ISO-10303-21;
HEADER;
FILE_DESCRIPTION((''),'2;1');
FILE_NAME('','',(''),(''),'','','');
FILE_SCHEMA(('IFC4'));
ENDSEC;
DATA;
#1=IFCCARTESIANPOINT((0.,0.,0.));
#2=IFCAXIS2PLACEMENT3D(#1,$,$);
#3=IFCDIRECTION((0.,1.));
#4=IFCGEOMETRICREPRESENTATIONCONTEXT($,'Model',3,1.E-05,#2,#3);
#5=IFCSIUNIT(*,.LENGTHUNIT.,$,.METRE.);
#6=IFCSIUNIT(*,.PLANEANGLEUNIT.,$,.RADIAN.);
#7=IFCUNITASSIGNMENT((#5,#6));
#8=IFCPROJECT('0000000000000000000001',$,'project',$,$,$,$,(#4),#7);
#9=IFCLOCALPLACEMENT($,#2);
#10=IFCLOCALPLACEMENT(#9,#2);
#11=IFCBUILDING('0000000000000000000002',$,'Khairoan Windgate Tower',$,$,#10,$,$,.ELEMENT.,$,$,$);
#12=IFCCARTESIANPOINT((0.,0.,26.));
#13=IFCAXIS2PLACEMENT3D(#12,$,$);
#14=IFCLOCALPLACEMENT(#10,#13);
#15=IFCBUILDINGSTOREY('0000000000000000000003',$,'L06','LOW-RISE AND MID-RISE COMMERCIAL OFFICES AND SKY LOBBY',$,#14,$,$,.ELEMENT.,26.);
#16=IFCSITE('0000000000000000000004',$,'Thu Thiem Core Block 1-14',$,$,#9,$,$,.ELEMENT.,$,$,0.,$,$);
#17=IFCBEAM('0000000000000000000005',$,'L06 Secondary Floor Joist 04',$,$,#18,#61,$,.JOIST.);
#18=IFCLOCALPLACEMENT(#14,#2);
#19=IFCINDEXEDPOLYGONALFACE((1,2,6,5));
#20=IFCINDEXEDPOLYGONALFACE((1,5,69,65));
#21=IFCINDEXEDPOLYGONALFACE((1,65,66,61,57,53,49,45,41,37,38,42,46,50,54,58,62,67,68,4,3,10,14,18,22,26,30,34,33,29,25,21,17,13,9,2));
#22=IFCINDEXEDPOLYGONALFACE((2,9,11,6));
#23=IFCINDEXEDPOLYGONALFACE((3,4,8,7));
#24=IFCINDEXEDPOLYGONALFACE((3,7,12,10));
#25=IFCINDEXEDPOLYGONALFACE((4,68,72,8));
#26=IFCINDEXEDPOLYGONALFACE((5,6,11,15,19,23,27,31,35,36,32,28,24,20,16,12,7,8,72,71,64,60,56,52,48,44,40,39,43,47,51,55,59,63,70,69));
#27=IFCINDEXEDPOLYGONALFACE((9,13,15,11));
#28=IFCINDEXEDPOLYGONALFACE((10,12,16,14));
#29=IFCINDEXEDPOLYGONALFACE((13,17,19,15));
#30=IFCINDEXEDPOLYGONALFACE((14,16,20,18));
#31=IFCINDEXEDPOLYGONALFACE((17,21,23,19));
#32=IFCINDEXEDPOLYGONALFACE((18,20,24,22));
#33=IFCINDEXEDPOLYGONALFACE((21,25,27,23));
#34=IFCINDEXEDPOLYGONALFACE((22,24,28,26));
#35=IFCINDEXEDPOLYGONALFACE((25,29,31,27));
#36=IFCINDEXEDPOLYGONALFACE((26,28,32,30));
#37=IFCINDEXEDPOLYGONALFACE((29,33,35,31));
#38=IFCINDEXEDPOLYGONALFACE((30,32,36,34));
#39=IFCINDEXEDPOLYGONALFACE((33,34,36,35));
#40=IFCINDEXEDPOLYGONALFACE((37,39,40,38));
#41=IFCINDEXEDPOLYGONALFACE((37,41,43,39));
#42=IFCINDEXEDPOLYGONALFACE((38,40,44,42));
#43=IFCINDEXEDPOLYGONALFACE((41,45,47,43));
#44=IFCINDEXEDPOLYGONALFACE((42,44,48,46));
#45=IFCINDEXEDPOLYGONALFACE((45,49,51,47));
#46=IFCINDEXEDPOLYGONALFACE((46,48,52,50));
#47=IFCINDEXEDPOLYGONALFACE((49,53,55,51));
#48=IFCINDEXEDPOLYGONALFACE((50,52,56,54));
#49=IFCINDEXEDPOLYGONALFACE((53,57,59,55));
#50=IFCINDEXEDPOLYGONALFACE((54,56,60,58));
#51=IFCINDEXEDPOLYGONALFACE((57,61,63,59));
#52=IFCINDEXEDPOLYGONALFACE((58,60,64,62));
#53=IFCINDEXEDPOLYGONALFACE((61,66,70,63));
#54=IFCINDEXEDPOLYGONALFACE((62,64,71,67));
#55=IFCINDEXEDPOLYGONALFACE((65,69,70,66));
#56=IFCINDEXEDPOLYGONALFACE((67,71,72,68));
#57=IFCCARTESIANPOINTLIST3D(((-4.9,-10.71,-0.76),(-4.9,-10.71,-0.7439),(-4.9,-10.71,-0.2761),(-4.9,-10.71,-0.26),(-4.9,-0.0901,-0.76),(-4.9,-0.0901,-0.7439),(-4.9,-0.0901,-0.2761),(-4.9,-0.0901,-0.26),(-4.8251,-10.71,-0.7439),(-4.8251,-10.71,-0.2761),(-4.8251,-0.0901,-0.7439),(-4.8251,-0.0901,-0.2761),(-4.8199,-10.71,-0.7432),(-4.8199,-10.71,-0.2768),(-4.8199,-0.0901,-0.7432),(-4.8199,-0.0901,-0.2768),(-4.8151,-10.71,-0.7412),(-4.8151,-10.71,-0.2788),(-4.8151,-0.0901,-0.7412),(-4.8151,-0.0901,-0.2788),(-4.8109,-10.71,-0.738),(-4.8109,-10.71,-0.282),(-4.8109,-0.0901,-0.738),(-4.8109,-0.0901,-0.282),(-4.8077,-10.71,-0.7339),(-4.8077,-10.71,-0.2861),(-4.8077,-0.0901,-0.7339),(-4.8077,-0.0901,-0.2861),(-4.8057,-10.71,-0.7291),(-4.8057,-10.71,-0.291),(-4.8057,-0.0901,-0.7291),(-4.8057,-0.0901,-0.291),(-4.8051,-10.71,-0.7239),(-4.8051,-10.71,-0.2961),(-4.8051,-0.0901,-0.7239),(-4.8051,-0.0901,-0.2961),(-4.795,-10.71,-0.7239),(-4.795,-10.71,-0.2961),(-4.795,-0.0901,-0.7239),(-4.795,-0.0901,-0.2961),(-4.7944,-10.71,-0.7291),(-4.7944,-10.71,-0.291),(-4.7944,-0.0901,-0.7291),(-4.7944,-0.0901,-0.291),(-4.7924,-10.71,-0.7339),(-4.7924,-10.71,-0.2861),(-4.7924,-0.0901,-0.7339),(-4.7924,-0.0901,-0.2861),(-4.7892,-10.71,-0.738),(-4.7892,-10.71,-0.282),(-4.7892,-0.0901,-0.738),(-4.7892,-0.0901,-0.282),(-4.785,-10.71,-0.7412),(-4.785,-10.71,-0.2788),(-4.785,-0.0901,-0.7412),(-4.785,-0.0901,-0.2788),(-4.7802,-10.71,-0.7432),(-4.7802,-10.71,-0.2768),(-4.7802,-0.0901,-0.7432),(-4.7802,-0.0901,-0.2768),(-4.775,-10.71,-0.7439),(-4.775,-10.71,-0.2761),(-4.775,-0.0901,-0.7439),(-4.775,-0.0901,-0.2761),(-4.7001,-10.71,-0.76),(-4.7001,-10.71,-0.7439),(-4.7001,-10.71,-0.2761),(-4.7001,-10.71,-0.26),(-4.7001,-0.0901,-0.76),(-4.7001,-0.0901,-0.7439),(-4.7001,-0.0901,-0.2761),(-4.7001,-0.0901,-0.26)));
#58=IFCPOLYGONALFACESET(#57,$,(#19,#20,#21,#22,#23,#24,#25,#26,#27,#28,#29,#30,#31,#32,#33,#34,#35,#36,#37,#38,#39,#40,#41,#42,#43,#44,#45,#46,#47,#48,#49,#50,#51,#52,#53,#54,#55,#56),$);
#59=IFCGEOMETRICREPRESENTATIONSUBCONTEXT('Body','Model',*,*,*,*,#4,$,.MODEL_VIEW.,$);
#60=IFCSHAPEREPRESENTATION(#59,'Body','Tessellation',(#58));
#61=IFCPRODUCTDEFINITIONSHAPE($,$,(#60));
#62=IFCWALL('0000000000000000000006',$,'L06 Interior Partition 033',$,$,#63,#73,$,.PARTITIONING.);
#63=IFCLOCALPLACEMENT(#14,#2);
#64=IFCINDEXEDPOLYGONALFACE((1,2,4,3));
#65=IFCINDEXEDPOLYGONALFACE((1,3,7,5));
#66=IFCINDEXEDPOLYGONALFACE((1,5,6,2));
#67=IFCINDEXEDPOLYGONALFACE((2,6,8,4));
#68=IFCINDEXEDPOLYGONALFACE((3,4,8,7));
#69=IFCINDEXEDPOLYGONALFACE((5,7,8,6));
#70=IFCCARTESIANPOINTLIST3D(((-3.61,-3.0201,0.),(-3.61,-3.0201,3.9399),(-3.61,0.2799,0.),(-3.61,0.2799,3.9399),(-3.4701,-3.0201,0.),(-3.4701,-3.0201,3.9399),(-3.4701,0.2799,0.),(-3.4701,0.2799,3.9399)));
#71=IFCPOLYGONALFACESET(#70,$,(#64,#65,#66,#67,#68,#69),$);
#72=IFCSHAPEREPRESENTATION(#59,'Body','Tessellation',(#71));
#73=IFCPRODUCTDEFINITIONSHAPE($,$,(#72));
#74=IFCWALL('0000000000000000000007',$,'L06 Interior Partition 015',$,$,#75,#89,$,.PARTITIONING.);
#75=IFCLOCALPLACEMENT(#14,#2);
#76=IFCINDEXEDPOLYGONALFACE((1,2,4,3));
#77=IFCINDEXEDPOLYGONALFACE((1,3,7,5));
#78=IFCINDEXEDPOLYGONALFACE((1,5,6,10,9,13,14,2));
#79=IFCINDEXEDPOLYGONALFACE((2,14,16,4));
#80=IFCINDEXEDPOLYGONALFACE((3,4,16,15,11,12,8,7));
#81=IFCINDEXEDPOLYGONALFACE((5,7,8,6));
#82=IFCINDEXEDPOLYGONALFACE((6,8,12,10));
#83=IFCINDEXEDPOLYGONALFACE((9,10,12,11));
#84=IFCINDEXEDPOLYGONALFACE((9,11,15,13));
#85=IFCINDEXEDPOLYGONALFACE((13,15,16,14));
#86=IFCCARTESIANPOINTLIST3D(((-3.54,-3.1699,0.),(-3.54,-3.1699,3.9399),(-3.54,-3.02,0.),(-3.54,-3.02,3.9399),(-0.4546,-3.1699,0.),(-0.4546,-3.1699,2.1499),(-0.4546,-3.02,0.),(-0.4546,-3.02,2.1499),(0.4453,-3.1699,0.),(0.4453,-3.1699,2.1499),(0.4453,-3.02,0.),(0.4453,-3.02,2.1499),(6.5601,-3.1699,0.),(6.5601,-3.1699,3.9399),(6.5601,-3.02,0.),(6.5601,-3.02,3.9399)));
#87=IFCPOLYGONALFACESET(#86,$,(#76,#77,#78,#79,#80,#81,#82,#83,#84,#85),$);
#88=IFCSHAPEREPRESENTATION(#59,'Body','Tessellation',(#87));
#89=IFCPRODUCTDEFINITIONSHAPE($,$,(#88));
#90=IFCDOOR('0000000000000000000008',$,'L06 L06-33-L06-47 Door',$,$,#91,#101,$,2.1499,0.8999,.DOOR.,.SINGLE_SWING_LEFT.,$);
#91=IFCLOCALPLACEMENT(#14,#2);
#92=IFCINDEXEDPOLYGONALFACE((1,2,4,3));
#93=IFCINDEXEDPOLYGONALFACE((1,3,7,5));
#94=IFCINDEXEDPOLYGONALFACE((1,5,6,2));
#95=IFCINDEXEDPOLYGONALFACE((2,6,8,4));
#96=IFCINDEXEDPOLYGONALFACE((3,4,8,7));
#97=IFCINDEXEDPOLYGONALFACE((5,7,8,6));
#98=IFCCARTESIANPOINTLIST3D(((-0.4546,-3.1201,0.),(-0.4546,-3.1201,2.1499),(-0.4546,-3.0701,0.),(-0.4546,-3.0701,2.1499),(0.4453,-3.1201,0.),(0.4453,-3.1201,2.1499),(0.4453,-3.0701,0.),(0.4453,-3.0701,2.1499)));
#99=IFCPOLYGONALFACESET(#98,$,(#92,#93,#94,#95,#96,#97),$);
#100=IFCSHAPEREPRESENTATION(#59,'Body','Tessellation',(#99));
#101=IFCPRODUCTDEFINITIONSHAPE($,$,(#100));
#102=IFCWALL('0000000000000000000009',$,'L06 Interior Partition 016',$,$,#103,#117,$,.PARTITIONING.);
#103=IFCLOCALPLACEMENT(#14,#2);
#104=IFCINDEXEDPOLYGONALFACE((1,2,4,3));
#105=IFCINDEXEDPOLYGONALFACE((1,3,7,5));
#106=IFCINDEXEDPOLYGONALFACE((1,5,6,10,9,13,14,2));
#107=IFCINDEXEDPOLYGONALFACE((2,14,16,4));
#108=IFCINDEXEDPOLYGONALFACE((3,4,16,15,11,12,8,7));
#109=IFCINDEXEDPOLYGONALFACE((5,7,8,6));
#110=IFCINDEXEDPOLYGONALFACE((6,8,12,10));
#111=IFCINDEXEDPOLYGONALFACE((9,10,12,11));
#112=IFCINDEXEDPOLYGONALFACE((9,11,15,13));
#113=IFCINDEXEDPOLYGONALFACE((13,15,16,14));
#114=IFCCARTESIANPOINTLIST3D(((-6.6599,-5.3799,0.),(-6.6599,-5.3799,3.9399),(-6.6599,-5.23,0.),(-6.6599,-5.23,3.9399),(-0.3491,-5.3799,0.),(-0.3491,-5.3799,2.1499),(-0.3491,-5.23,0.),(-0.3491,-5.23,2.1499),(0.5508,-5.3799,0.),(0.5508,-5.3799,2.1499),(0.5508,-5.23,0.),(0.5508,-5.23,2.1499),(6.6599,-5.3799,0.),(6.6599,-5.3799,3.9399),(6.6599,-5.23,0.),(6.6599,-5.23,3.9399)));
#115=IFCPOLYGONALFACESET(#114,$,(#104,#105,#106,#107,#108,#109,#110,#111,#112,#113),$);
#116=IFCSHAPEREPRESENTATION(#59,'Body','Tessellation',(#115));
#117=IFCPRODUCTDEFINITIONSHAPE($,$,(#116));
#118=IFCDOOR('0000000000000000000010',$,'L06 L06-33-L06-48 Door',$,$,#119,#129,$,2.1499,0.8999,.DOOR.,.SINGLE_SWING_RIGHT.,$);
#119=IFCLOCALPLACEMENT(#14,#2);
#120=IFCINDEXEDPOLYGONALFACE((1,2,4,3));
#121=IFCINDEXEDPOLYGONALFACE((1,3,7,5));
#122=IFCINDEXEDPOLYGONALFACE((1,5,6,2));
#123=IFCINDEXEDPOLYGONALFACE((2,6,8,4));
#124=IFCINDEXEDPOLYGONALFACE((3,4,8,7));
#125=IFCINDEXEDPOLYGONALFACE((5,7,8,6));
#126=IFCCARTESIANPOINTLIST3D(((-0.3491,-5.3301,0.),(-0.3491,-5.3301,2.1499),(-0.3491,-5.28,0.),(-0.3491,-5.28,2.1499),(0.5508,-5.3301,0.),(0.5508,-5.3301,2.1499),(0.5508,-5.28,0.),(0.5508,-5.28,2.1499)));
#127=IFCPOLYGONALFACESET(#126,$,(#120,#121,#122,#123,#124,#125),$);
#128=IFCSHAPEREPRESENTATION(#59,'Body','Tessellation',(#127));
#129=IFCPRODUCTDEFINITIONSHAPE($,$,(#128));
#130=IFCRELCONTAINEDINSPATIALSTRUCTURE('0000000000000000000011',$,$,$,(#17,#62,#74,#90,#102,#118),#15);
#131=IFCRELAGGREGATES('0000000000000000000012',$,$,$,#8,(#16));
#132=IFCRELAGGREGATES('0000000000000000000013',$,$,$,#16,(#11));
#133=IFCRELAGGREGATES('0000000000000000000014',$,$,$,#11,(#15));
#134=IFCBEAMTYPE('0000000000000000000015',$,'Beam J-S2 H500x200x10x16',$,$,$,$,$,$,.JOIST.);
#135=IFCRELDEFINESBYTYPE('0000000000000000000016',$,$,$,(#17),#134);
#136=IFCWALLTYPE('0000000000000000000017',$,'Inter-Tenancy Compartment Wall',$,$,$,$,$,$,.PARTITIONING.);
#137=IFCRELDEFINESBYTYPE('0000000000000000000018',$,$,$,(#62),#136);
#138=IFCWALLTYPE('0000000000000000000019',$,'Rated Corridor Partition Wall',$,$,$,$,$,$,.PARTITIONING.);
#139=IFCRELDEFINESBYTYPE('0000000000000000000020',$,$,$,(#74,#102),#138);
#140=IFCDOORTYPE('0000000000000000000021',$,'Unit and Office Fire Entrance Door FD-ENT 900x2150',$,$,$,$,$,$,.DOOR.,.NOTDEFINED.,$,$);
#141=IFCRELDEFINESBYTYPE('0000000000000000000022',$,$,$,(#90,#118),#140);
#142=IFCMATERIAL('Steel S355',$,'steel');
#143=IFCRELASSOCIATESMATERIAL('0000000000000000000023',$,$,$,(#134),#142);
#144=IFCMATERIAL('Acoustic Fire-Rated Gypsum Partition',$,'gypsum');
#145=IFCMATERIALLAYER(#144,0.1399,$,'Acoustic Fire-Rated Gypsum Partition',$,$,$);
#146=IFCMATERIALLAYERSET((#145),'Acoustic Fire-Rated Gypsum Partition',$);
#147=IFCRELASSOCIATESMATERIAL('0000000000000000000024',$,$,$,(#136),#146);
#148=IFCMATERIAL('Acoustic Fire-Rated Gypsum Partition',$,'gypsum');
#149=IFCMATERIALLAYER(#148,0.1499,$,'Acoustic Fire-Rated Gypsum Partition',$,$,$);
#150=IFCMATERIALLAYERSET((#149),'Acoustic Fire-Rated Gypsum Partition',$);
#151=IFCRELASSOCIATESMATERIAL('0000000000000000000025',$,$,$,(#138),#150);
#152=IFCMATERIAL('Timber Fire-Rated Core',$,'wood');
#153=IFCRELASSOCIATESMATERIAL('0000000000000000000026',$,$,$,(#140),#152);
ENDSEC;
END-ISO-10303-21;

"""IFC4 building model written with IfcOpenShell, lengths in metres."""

from ifc_helpers import new_model, si_unit, direction, frame, frame_2d, origin, origin_2d, place, context, subcontext, project, spatial, rectangle, i_section, extrude, material, layer, layer_set, material_profile, profile_set, type_object, element, fill, save


model = new_model("IFC4")

# Units and contexts
model_context = context("Model", 3, precision=1e-05, world=origin(), true_north=direction((0.0, 1.0)))
body_context = subcontext(model_context, "Body", "Model", "MODEL_VIEW")
ifc_project = project(units=[si_unit("LENGTHUNIT", "METRE"), si_unit("PLANEANGLEUNIT", "RADIAN")], contexts=[model_context])

# Site, building, storey
site_placement = place(None, origin())
site = spatial("IfcSite", under=ifc_project, at=site_placement, Name="Thu Thiem Core Block 1-14", CompositionType="ELEMENT", RefElevation=0.0)
building_placement = place(site_placement, origin())
building = spatial("IfcBuilding", under=site, at=building_placement, Name="Khairoan Windgate Tower", CompositionType="ELEMENT")
storey_placement = place(building_placement, frame((0.0, 0.0, 26.0)))
storey = spatial("IfcBuildingStorey", under=building, at=storey_placement, Name="L06", Description="LOW-RISE AND MID-RISE COMMERCIAL OFFICES AND SKY LOBBY", CompositionType="ELEMENT", Elevation=26.0)

# Beam
ifc_material_1 = material(Name="Steel S355", Category="steel")
ifc_material_profile_1 = material_profile(ifc_material_1, i_section(OverallWidth=0.2, OverallDepth=0.5, WebThickness=0.01, FlangeThickness=0.0161, FilletRadius=0.02, at=origin_2d()))
ifc_profile_set_1 = profile_set([ifc_material_profile_1], Name="Steel S355")
beam_type_1 = type_object("IfcBeamType", Name="Beam J-S2 H500x200x10x16", PredefinedType="JOIST", material=ifc_profile_set_1)
beam_1_placement = place(storey_placement, frame((-4.8, -10.71, -0.51), z_axis=(0.0, 1.0, 0.0), x_axis=(-1.0, 0.0, 0.0)))
element("IfcBeam", 1, at=beam_1_placement, inside=storey, type_object=beam_type_1, Name="L06 Secondary Floor Joist 04", PredefinedType="JOIST", context=body_context, shape_type="SweptSolid", body=[
    extrude(i_section(OverallWidth=0.2, OverallDepth=0.5, WebThickness=0.01, FlangeThickness=0.0161, FilletRadius=0.02, at=origin_2d()), origin(), (0.0, 0.0, 1.0), 10.6199),
])

# Wall
ifc_material_2 = material(Name="Acoustic Fire-Rated Gypsum Partition", Category="gypsum")
ifc_layer_1 = layer(ifc_material_2, 0.1399, Name="Acoustic Fire-Rated Gypsum Partition")
ifc_layer_set_1 = layer_set([ifc_layer_1], Name="Acoustic Fire-Rated Gypsum Partition")
wall_type_1 = type_object("IfcWallType", Name="Inter-Tenancy Compartment Wall", PredefinedType="PARTITIONING", material=ifc_layer_set_1)
wall_1_placement = place(storey_placement, frame((-3.54, -3.02, 0.0), z_axis=(0.0, 0.0, 1.0), x_axis=(0.0, 1.0, 0.0)))
element("IfcWall", 2, at=wall_1_placement, inside=storey, type_object=wall_type_1, Name="L06 Interior Partition 033", PredefinedType="PARTITIONING", context=body_context, shape_type="SweptSolid", body=[
    extrude(rectangle(XDim=3.3, YDim=0.1399, at=frame_2d((1.6499, 0.0))), origin(), (0.0, 0.0, 1.0), 3.9399),
])

# Walls, openings, doors
ifc_material_3 = material(Name="Acoustic Fire-Rated Gypsum Partition", Category="gypsum")
ifc_layer_2 = layer(ifc_material_3, 0.1499, Name="Acoustic Fire-Rated Gypsum Partition")
ifc_layer_set_2 = layer_set([ifc_layer_2], Name="Acoustic Fire-Rated Gypsum Partition")
wall_type_2 = type_object("IfcWallType", Name="Rated Corridor Partition Wall", PredefinedType="PARTITIONING", material=ifc_layer_set_2)
ifc_material_4 = material(Name="Timber Fire-Rated Core", Category="wood")
door_type = type_object("IfcDoorType", Name="Unit and Office Fire Entrance Door FD-ENT 900x2150", OperationType="NOTDEFINED", PredefinedType="DOOR", material=ifc_material_4)
wall_2_placement = place(storey_placement, frame((-3.54, -3.095, 0.0), z_axis=(0.0, 0.0, 1.0), x_axis=(1.0, 0.0, 0.0)))
wall_2 = element("IfcWall", 3, at=wall_2_placement, inside=storey, type_object=wall_type_2, Name="L06 Interior Partition 015", PredefinedType="PARTITIONING", context=body_context, shape_type="SweptSolid", body=[
    extrude(rectangle(XDim=10.1001, YDim=0.1499, at=frame_2d((5.05, 0.0))), origin(), (0.0, 0.0, 1.0), 3.9399),
])
opening_1_placement = place(wall_2_placement, frame((3.0854, 0.0, 0.0)))
opening_1 = element("IfcOpeningElement", 4, at=opening_1_placement, cuts=wall_2, PredefinedType="OPENING", context=body_context, shape_type="SweptSolid", body=[
    extrude(rectangle(XDim=0.8999, YDim=2.1499, at=frame_2d((0.45, 1.075))), frame((0.0, 0.085, 0.0), z_axis=(0.0, -1.0, 0.0), x_axis=(1.0, 0.0, 0.0)), (0.0, 0.0, 1.0), 0.1699),
])
door_1_placement = place(opening_1_placement, origin())
door_1 = element("IfcDoor", 5, at=door_1_placement, inside=storey, type_object=door_type, Name="L06 L06-33-L06-47 Door", OperationType="SINGLE_SWING_LEFT", OverallHeight=2.1499, OverallWidth=0.8999, PredefinedType="DOOR", context=body_context, shape_type="SweptSolid", body=[
    extrude(rectangle(XDim=0.8999, YDim=2.1499, at=frame_2d((0.45, 1.075))), frame((0.0, 0.0249, 0.0), z_axis=(0.0, -1.0, 0.0), x_axis=(1.0, 0.0, 0.0)), (0.0, 0.0, 1.0), 0.05),
])
fill(opening_1, door_1)
wall_3_placement = place(storey_placement, frame((-6.6599, -5.3049, 0.0), z_axis=(0.0, 0.0, 1.0), x_axis=(1.0, 0.0, 0.0)))
wall_3 = element("IfcWall", 6, at=wall_3_placement, inside=storey, type_object=wall_type_2, Name="L06 Interior Partition 016", PredefinedType="PARTITIONING", context=body_context, shape_type="SweptSolid", body=[
    extrude(rectangle(XDim=13.3198, YDim=0.1499, at=frame_2d((6.6599, 0.0))), origin(), (0.0, 0.0, 1.0), 3.9399),
])
opening_2_placement = place(wall_3_placement, frame((6.3108, 0.0, 0.0)))
opening_2 = element("IfcOpeningElement", 7, at=opening_2_placement, cuts=wall_3, PredefinedType="OPENING", context=body_context, shape_type="SweptSolid", body=[
    extrude(rectangle(XDim=0.8999, YDim=2.1499, at=frame_2d((0.45, 1.075))), frame((0.0, 0.085, 0.0), z_axis=(0.0, -1.0, 0.0), x_axis=(1.0, 0.0, 0.0)), (0.0, 0.0, 1.0), 0.1699),
])
door_2_placement = place(opening_2_placement, origin())
door_2 = element("IfcDoor", 8, at=door_2_placement, inside=storey, type_object=door_type, Name="L06 L06-33-L06-48 Door", OperationType="SINGLE_SWING_RIGHT", OverallHeight=2.1499, OverallWidth=0.8999, PredefinedType="DOOR", context=body_context, shape_type="SweptSolid", body=[
    extrude(rectangle(XDim=0.8999, YDim=2.1499, at=frame_2d((0.45, 1.075))), frame((0.0, 0.0249, 0.0), z_axis=(0.0, -1.0, 0.0), x_axis=(1.0, 0.0, 0.0)), (0.0, 0.0, 1.0), 0.05),
])
fill(opening_2, door_2)

save(model, "model.ifc")
